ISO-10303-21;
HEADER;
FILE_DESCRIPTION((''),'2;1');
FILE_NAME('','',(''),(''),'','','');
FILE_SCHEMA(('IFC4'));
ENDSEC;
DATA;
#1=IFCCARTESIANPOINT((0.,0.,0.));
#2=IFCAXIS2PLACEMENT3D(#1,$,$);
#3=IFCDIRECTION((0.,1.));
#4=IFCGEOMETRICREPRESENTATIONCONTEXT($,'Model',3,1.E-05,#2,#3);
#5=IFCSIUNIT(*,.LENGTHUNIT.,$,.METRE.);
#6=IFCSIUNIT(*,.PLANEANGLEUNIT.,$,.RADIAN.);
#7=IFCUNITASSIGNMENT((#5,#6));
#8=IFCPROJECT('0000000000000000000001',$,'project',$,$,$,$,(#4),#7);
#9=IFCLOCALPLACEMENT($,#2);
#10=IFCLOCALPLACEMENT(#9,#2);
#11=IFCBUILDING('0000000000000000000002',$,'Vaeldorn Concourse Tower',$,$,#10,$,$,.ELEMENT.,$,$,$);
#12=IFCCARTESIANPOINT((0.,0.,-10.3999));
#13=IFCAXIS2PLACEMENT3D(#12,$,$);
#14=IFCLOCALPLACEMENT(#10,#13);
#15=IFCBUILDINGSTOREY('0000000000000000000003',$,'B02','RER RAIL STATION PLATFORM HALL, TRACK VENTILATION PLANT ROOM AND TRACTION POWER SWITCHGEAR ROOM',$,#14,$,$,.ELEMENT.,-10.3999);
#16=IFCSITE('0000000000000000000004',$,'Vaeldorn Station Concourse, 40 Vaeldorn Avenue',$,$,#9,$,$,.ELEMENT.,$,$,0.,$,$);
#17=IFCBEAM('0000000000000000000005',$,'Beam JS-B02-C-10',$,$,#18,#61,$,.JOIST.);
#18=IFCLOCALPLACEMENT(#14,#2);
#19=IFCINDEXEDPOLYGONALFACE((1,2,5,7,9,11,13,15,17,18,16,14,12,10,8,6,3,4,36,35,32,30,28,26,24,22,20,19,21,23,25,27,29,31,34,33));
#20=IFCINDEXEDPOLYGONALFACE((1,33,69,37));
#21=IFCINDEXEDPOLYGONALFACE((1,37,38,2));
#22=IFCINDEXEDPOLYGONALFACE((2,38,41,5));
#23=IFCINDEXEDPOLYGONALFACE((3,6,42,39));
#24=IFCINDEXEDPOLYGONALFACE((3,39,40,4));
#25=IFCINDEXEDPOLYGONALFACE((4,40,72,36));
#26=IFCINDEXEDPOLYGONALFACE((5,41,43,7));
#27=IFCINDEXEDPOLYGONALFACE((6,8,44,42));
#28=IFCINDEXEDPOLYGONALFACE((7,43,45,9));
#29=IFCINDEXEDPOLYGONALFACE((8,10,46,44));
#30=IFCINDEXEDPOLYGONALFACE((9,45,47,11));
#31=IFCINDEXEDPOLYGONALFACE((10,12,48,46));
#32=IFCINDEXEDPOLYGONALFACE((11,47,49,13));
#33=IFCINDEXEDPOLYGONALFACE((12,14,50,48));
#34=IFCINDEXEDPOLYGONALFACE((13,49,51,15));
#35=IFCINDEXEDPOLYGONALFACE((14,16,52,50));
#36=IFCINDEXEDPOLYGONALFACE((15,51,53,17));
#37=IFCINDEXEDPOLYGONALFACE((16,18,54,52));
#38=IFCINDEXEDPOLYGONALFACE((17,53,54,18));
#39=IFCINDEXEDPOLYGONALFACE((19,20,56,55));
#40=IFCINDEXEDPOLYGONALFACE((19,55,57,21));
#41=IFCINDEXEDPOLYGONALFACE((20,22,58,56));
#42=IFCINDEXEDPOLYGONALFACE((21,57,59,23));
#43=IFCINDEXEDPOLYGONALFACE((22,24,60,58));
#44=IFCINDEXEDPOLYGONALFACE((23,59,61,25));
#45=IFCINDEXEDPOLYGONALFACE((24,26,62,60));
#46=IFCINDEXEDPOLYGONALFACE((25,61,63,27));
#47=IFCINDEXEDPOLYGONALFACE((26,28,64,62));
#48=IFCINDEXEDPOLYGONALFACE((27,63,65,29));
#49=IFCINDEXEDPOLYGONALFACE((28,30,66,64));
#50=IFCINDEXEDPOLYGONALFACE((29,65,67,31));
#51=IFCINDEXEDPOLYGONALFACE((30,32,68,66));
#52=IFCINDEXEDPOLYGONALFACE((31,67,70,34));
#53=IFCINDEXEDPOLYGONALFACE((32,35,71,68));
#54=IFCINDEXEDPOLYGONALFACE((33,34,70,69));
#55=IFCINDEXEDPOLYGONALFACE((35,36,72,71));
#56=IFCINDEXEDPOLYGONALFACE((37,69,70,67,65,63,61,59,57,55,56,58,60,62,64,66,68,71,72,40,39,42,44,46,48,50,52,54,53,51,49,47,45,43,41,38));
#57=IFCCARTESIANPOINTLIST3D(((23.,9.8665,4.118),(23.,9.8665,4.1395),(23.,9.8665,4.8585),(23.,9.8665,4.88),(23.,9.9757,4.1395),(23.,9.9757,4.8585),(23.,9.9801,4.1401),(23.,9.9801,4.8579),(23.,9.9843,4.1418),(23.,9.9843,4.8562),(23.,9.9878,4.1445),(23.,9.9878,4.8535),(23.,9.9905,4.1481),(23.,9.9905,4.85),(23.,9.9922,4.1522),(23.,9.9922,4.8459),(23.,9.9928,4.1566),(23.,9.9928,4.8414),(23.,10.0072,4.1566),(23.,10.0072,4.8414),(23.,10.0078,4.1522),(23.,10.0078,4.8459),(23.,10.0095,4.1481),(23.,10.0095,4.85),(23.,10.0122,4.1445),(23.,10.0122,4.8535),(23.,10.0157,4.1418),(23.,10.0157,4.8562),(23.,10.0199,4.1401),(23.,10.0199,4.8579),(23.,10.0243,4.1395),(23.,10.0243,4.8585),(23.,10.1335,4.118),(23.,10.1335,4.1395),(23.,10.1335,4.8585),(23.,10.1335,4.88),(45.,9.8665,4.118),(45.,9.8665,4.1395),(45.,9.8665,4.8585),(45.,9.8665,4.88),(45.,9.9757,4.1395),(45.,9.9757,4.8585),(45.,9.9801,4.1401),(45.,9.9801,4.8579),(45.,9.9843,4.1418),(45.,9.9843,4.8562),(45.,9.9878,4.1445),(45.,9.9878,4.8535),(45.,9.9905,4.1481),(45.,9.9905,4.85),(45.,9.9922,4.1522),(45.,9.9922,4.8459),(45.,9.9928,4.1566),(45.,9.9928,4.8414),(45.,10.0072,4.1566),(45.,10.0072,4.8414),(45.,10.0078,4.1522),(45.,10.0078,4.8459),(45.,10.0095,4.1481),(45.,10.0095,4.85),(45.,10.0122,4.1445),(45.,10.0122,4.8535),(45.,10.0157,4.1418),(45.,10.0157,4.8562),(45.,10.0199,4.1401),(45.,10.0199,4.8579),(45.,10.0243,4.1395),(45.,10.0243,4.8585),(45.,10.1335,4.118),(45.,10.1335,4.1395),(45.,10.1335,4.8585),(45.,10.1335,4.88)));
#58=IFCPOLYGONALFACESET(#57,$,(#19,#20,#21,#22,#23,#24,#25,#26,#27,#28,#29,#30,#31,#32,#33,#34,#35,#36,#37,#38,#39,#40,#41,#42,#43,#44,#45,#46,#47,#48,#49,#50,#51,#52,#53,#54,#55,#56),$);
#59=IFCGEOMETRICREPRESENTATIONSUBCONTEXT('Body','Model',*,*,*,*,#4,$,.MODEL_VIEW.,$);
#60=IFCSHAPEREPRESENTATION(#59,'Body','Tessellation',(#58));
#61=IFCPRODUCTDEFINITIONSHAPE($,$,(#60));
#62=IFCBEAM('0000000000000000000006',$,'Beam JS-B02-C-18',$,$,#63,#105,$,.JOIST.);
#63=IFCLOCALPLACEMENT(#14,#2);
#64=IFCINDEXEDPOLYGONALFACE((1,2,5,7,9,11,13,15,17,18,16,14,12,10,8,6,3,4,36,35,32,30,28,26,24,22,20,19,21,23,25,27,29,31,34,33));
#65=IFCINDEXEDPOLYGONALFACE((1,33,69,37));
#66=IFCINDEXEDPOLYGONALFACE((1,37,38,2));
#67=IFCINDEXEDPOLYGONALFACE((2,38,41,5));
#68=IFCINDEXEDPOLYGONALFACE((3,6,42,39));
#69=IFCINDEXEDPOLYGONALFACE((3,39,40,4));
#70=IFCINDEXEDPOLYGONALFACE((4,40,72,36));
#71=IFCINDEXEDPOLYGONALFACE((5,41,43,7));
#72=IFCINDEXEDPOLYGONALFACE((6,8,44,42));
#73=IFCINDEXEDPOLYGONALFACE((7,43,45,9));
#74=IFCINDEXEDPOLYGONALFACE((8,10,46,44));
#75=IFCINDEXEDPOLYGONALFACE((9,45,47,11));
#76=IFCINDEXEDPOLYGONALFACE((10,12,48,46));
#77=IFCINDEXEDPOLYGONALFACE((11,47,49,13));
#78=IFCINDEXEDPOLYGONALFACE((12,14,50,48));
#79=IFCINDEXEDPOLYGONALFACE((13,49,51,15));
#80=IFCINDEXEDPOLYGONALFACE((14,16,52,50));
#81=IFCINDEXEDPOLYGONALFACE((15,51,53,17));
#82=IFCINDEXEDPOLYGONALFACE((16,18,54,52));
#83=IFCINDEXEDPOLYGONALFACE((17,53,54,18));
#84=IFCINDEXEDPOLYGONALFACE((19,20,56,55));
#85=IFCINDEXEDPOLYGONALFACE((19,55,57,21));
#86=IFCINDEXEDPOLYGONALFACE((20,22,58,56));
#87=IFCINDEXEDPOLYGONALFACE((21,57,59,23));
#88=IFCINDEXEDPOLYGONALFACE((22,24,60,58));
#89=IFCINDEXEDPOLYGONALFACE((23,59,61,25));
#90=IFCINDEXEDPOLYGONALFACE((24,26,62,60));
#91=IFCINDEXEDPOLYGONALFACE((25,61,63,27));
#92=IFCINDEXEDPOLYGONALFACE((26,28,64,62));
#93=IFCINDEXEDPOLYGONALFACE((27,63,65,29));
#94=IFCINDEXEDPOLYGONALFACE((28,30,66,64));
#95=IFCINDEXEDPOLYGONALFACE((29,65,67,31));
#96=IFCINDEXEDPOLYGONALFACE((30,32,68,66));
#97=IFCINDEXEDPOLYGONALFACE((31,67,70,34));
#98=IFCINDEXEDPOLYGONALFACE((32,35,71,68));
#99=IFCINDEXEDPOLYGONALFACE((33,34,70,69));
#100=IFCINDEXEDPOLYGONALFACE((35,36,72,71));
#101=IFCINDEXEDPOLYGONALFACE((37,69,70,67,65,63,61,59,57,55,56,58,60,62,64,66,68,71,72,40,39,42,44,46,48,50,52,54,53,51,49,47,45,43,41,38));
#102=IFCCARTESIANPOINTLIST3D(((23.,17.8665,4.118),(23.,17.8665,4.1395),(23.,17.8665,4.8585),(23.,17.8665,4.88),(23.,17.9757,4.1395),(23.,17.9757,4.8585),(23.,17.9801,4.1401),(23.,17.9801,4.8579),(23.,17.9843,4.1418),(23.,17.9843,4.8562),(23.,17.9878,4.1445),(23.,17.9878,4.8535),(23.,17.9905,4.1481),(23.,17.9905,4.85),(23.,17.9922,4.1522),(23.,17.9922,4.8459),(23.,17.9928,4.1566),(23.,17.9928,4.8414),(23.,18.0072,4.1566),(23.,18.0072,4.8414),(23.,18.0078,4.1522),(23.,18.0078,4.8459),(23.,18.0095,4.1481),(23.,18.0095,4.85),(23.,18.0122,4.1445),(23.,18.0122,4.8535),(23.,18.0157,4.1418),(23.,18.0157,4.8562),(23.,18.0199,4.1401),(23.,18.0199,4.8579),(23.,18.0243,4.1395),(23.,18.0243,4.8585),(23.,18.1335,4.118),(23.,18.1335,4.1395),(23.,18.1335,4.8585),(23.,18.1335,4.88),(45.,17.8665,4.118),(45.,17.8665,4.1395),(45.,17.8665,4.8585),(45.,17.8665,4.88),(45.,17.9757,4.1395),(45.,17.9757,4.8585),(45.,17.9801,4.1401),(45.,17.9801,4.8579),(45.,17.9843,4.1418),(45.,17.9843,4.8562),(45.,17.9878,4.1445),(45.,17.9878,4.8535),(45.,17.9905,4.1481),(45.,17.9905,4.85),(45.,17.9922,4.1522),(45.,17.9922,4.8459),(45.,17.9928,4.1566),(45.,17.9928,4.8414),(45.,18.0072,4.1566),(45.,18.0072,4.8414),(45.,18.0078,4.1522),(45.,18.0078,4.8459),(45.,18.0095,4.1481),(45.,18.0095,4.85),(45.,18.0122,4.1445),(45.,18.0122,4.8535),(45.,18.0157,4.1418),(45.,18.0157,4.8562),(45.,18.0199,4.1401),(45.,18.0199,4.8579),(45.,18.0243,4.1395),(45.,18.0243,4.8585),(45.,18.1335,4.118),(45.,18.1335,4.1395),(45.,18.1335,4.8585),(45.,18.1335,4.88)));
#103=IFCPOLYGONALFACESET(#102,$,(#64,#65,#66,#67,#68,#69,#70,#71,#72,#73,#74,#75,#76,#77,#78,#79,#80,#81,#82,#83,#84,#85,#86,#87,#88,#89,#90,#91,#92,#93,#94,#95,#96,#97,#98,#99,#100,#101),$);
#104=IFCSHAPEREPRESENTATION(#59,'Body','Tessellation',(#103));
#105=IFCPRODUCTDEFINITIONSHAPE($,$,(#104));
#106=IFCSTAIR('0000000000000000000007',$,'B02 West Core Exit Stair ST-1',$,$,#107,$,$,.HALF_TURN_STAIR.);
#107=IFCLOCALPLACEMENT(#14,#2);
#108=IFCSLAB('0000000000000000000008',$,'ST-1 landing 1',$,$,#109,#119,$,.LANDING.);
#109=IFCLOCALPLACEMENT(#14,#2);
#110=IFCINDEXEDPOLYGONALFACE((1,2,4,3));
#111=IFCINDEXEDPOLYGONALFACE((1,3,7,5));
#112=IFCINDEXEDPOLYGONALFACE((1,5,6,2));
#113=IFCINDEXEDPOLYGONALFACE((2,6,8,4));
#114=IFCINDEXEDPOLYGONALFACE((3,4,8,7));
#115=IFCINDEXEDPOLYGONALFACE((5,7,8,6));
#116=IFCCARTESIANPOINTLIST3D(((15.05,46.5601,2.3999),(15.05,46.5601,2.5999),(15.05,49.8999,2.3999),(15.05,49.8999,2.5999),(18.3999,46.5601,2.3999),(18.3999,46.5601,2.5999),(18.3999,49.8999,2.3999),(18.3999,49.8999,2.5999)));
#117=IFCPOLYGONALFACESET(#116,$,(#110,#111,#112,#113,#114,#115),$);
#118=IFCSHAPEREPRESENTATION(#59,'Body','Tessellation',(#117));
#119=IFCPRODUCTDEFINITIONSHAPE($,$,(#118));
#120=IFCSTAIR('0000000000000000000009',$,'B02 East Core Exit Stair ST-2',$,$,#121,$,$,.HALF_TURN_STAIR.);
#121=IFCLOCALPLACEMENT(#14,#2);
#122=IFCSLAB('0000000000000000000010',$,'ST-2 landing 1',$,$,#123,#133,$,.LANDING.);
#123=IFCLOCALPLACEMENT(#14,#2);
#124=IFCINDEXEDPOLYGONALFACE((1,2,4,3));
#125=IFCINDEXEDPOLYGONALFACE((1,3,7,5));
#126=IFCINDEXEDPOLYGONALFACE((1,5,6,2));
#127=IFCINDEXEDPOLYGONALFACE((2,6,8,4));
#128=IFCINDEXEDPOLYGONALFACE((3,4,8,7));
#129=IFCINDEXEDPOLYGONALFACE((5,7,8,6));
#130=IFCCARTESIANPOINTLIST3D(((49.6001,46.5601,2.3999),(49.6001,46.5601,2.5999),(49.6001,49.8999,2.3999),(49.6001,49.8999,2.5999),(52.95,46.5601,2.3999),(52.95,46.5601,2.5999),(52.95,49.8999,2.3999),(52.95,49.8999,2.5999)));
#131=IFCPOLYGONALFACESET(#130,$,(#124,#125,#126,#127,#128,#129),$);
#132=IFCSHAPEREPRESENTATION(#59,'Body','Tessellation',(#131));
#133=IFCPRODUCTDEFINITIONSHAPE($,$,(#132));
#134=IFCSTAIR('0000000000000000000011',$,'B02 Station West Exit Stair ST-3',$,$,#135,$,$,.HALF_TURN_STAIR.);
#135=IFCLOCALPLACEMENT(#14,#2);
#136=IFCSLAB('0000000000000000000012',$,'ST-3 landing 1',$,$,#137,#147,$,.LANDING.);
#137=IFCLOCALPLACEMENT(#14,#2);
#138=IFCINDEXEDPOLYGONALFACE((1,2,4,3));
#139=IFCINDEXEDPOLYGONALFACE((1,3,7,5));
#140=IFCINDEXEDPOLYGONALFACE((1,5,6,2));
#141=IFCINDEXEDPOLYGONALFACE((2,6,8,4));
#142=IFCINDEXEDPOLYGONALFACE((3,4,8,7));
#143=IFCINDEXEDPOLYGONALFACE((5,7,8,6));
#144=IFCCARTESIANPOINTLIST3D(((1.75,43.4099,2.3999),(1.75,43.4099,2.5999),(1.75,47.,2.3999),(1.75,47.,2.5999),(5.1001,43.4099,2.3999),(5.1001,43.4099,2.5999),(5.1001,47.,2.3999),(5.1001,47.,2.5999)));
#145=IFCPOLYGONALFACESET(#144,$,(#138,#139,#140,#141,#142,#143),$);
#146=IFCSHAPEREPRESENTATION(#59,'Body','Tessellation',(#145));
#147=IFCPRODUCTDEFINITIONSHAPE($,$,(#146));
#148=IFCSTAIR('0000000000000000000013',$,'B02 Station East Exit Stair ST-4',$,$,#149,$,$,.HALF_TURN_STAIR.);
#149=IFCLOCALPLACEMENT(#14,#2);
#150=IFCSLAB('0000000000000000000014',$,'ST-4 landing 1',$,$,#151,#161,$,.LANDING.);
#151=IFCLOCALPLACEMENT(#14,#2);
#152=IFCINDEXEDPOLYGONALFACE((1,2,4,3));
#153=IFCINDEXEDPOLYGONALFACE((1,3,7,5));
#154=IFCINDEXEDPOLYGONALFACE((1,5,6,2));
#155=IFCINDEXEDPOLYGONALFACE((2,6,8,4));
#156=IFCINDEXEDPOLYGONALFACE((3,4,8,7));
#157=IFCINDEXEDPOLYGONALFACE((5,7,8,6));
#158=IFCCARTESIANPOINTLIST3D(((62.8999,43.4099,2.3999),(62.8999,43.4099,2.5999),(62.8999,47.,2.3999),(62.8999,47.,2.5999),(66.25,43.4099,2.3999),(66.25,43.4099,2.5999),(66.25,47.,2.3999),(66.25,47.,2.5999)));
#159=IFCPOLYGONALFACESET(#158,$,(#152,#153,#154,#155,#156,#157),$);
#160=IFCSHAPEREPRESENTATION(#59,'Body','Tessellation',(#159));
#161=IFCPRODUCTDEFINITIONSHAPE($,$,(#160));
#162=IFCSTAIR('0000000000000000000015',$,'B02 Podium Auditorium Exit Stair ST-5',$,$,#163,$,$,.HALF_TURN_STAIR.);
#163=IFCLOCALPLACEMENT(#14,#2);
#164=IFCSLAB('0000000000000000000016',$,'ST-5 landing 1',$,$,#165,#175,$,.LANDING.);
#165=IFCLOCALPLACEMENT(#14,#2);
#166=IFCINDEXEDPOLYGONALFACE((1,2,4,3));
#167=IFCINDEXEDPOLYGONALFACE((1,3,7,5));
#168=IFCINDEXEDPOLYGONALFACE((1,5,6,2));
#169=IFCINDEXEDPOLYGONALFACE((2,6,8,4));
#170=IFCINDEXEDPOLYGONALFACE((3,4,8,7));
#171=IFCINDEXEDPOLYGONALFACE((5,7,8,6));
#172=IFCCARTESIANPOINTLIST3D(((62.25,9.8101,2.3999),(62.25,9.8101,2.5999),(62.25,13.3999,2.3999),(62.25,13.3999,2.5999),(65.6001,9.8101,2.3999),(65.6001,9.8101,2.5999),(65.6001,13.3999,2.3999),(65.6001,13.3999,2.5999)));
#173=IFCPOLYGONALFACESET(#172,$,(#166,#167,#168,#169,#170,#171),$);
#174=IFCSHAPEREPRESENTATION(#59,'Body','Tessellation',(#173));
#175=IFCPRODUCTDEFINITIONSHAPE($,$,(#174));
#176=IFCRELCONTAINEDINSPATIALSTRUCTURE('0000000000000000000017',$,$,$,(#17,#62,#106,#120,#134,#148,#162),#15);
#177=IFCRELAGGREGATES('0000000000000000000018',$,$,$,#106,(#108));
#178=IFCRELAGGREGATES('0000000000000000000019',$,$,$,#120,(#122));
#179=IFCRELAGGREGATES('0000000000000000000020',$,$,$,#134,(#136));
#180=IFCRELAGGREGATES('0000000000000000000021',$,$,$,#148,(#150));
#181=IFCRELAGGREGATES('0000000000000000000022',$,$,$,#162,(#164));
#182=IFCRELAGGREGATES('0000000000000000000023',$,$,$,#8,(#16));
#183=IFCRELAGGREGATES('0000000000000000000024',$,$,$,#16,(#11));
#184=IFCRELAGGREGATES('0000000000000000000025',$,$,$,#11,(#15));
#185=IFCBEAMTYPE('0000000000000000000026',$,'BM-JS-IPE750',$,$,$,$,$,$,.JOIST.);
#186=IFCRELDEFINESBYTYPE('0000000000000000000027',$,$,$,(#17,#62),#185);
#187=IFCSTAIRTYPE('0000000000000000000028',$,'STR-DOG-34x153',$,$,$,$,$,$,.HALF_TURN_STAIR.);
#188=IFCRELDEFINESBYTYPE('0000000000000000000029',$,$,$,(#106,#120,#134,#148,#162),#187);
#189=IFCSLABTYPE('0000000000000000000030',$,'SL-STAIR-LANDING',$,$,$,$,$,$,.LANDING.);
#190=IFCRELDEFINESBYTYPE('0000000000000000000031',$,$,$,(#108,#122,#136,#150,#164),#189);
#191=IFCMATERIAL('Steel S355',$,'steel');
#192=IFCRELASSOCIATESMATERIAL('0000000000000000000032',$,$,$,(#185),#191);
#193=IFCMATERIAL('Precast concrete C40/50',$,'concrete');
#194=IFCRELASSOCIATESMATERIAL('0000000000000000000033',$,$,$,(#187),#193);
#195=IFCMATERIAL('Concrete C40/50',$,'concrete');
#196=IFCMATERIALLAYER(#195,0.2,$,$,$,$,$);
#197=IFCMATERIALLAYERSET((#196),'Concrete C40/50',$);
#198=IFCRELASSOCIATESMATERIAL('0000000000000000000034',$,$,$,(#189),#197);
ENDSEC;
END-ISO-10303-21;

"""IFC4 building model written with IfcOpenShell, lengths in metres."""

from ifc_helpers import new_model, si_unit, direction, frame, origin, origin_2d, place, context, subcontext, project, spatial, polyline, i_section, outline, extrude, source, transform, mapped, material, layer, layer_set, material_profile, profile_set, type_object, element, aggregate, save


model = new_model("IFC4")

# Units and contexts
model_context = context("Model", 3, precision=1e-05, world=origin(), true_north=direction((0.0, 1.0)))
body_context = subcontext(model_context, "Body", "Model", "MODEL_VIEW")
ifc_project = project(units=[si_unit("LENGTHUNIT", "METRE"), si_unit("PLANEANGLEUNIT", "RADIAN")], contexts=[model_context])

# Site, building, storey
site_placement = place(None, origin())
site = spatial("IfcSite", under=ifc_project, at=site_placement, Name="Vaeldorn Station Concourse, 40 Vaeldorn Avenue", CompositionType="ELEMENT", RefElevation=0.0)
building_placement = place(site_placement, origin())
building = spatial("IfcBuilding", under=site, at=building_placement, Name="Vaeldorn Concourse Tower", CompositionType="ELEMENT")
storey_placement = place(building_placement, frame((0.0, 0.0, -10.3999)))
storey = spatial("IfcBuildingStorey", under=building, at=storey_placement, Name="B02", Description="RER RAIL STATION PLATFORM HALL, TRACK VENTILATION PLANT ROOM AND TRACTION POWER SWITCHGEAR ROOM", CompositionType="ELEMENT", Elevation=-10.3999)

# Beams
ifc_material_1 = material(Name="Steel S355", Category="steel")
ifc_material_profile_1 = material_profile(ifc_material_1, i_section(OverallWidth=0.2671, OverallDepth=0.762, WebThickness=0.0144, FlangeThickness=0.0215, FilletRadius=0.0171, at=origin_2d()), Name="IPE 750x173")
ifc_profile_set_1 = profile_set([ifc_material_profile_1], Name="Steel S355")
beam_type_1 = type_object("IfcBeamType", Name="BM-JS-IPE750", PredefinedType="JOIST", material=ifc_profile_set_1)
shared_shape_1 = source(origin(), body_context, "Body", "SweptSolid", [
    extrude(i_section(OverallWidth=0.2671, OverallDepth=0.762, WebThickness=0.0144, FlangeThickness=0.0215, FilletRadius=0.0171, at=origin_2d()), origin(), (0.0, 0.0, 1.0), 22.0),
])
for number, where, z_axis, x_axis, name in (
    (1, (23.0, 10.0, 4.499), (1.0, 0.0, 0.0), (0.0, 1.0, 0.0), "Beam JS-B02-C-10"),
    (2, (23.0, 18.0, 4.499), (1.0, 0.0, 0.0), (0.0, 1.0, 0.0), "Beam JS-B02-C-18"),
):
    element("IfcBeam", number, at=place(storey_placement, frame(where, z_axis=z_axis, x_axis=x_axis)), inside=storey, type_object=beam_type_1, Name=name, PredefinedType="JOIST", context=body_context, shape_type="MappedRepresentation", body=[
        mapped(shared_shape_1, transform((0.0, 0.0, 0.0), scale=1.0)),
    ])

# Stairs, slabs
ifc_material_2 = material(Name="Precast concrete C40/50", Category="concrete")
stair_type = type_object("IfcStairType", Name="STR-DOG-34x153", PredefinedType="HALF_TURN_STAIR", material=ifc_material_2)
stair_1_placement = place(storey_placement, origin())
stair_1 = element("IfcStair", 3, at=stair_1_placement, inside=storey, type_object=stair_type, Name="B02 West Core Exit Stair ST-1", PredefinedType="HALF_TURN_STAIR")
ifc_material_3 = material(Name="Concrete C40/50", Category="concrete")
ifc_layer_1 = layer(ifc_material_3, 0.2)
ifc_layer_set_1 = layer_set([ifc_layer_1], Name="Concrete C40/50")
slab_type_1 = type_object("IfcSlabType", Name="SL-STAIR-LANDING", PredefinedType="LANDING", material=ifc_layer_set_1)
slab_1_placement = place(storey_placement, frame((0.0, 0.0, 2.3999)))
slab_1 = element("IfcSlab", 4, at=slab_1_placement, type_object=slab_type_1, Name="ST-1 landing 1", PredefinedType="LANDING", context=body_context, shape_type="SweptSolid", body=[
    extrude(outline(polyline([(18.3999, 46.5601), (18.3999, 49.8999), (15.05, 49.8999), (15.05, 46.5601), (18.3999, 46.5601)])), origin(), (0.0, 0.0, 1.0), 0.2),
])
aggregate(stair_1, [slab_1])
stair_2_placement = place(storey_placement, origin())
stair_2 = element("IfcStair", 5, at=stair_2_placement, inside=storey, type_object=stair_type, Name="B02 East Core Exit Stair ST-2", PredefinedType="HALF_TURN_STAIR")
slab_2_placement = place(storey_placement, frame((0.0, 0.0, 2.3999)))
slab_2 = element("IfcSlab", 6, at=slab_2_placement, type_object=slab_type_1, Name="ST-2 landing 1", PredefinedType="LANDING", context=body_context, shape_type="SweptSolid", body=[
    extrude(outline(polyline([(52.95, 46.5601), (52.95, 49.8999), (49.6001, 49.8999), (49.6001, 46.5601), (52.95, 46.5601)])), origin(), (0.0, 0.0, 1.0), 0.2),
])
aggregate(stair_2, [slab_2])
stair_3_placement = place(storey_placement, origin())
stair_3 = element("IfcStair", 7, at=stair_3_placement, inside=storey, type_object=stair_type, Name="B02 Station West Exit Stair ST-3", PredefinedType="HALF_TURN_STAIR")
slab_3_placement = place(storey_placement, frame((0.0, 0.0, 2.3999)))
slab_3 = element("IfcSlab", 8, at=slab_3_placement, type_object=slab_type_1, Name="ST-3 landing 1", PredefinedType="LANDING", context=body_context, shape_type="SweptSolid", body=[
    extrude(outline(polyline([(5.1001, 43.4099), (5.1001, 47.0), (1.75, 47.0), (1.75, 43.4099), (5.1001, 43.4099)])), origin(), (0.0, 0.0, 1.0), 0.2),
])
aggregate(stair_3, [slab_3])
stair_4_placement = place(storey_placement, origin())
stair_4 = element("IfcStair", 9, at=stair_4_placement, inside=storey, type_object=stair_type, Name="B02 Station East Exit Stair ST-4", PredefinedType="HALF_TURN_STAIR")
slab_4_placement = place(storey_placement, frame((0.0, 0.0, 2.3999)))
slab_4 = element("IfcSlab", 10, at=slab_4_placement, type_object=slab_type_1, Name="ST-4 landing 1", PredefinedType="LANDING", context=body_context, shape_type="SweptSolid", body=[
    extrude(outline(polyline([(66.25, 43.4099), (66.25, 47.0), (62.8999, 47.0), (62.8999, 43.4099), (66.25, 43.4099)])), origin(), (0.0, 0.0, 1.0), 0.2),
])
aggregate(stair_4, [slab_4])
stair_5_placement = place(storey_placement, origin())
stair_5 = element("IfcStair", 11, at=stair_5_placement, inside=storey, type_object=stair_type, Name="B02 Podium Auditorium Exit Stair ST-5", PredefinedType="HALF_TURN_STAIR")
slab_5_placement = place(storey_placement, frame((0.0, 0.0, 2.3999)))
slab_5 = element("IfcSlab", 12, at=slab_5_placement, type_object=slab_type_1, Name="ST-5 landing 1", PredefinedType="LANDING", context=body_context, shape_type="SweptSolid", body=[
    extrude(outline(polyline([(65.6001, 9.8101), (65.6001, 13.3999), (62.25, 13.3999), (62.25, 9.8101), (65.6001, 9.8101)])), origin(), (0.0, 0.0, 1.0), 0.2),
])
aggregate(stair_5, [slab_5])

save(model, "model.ifc")
